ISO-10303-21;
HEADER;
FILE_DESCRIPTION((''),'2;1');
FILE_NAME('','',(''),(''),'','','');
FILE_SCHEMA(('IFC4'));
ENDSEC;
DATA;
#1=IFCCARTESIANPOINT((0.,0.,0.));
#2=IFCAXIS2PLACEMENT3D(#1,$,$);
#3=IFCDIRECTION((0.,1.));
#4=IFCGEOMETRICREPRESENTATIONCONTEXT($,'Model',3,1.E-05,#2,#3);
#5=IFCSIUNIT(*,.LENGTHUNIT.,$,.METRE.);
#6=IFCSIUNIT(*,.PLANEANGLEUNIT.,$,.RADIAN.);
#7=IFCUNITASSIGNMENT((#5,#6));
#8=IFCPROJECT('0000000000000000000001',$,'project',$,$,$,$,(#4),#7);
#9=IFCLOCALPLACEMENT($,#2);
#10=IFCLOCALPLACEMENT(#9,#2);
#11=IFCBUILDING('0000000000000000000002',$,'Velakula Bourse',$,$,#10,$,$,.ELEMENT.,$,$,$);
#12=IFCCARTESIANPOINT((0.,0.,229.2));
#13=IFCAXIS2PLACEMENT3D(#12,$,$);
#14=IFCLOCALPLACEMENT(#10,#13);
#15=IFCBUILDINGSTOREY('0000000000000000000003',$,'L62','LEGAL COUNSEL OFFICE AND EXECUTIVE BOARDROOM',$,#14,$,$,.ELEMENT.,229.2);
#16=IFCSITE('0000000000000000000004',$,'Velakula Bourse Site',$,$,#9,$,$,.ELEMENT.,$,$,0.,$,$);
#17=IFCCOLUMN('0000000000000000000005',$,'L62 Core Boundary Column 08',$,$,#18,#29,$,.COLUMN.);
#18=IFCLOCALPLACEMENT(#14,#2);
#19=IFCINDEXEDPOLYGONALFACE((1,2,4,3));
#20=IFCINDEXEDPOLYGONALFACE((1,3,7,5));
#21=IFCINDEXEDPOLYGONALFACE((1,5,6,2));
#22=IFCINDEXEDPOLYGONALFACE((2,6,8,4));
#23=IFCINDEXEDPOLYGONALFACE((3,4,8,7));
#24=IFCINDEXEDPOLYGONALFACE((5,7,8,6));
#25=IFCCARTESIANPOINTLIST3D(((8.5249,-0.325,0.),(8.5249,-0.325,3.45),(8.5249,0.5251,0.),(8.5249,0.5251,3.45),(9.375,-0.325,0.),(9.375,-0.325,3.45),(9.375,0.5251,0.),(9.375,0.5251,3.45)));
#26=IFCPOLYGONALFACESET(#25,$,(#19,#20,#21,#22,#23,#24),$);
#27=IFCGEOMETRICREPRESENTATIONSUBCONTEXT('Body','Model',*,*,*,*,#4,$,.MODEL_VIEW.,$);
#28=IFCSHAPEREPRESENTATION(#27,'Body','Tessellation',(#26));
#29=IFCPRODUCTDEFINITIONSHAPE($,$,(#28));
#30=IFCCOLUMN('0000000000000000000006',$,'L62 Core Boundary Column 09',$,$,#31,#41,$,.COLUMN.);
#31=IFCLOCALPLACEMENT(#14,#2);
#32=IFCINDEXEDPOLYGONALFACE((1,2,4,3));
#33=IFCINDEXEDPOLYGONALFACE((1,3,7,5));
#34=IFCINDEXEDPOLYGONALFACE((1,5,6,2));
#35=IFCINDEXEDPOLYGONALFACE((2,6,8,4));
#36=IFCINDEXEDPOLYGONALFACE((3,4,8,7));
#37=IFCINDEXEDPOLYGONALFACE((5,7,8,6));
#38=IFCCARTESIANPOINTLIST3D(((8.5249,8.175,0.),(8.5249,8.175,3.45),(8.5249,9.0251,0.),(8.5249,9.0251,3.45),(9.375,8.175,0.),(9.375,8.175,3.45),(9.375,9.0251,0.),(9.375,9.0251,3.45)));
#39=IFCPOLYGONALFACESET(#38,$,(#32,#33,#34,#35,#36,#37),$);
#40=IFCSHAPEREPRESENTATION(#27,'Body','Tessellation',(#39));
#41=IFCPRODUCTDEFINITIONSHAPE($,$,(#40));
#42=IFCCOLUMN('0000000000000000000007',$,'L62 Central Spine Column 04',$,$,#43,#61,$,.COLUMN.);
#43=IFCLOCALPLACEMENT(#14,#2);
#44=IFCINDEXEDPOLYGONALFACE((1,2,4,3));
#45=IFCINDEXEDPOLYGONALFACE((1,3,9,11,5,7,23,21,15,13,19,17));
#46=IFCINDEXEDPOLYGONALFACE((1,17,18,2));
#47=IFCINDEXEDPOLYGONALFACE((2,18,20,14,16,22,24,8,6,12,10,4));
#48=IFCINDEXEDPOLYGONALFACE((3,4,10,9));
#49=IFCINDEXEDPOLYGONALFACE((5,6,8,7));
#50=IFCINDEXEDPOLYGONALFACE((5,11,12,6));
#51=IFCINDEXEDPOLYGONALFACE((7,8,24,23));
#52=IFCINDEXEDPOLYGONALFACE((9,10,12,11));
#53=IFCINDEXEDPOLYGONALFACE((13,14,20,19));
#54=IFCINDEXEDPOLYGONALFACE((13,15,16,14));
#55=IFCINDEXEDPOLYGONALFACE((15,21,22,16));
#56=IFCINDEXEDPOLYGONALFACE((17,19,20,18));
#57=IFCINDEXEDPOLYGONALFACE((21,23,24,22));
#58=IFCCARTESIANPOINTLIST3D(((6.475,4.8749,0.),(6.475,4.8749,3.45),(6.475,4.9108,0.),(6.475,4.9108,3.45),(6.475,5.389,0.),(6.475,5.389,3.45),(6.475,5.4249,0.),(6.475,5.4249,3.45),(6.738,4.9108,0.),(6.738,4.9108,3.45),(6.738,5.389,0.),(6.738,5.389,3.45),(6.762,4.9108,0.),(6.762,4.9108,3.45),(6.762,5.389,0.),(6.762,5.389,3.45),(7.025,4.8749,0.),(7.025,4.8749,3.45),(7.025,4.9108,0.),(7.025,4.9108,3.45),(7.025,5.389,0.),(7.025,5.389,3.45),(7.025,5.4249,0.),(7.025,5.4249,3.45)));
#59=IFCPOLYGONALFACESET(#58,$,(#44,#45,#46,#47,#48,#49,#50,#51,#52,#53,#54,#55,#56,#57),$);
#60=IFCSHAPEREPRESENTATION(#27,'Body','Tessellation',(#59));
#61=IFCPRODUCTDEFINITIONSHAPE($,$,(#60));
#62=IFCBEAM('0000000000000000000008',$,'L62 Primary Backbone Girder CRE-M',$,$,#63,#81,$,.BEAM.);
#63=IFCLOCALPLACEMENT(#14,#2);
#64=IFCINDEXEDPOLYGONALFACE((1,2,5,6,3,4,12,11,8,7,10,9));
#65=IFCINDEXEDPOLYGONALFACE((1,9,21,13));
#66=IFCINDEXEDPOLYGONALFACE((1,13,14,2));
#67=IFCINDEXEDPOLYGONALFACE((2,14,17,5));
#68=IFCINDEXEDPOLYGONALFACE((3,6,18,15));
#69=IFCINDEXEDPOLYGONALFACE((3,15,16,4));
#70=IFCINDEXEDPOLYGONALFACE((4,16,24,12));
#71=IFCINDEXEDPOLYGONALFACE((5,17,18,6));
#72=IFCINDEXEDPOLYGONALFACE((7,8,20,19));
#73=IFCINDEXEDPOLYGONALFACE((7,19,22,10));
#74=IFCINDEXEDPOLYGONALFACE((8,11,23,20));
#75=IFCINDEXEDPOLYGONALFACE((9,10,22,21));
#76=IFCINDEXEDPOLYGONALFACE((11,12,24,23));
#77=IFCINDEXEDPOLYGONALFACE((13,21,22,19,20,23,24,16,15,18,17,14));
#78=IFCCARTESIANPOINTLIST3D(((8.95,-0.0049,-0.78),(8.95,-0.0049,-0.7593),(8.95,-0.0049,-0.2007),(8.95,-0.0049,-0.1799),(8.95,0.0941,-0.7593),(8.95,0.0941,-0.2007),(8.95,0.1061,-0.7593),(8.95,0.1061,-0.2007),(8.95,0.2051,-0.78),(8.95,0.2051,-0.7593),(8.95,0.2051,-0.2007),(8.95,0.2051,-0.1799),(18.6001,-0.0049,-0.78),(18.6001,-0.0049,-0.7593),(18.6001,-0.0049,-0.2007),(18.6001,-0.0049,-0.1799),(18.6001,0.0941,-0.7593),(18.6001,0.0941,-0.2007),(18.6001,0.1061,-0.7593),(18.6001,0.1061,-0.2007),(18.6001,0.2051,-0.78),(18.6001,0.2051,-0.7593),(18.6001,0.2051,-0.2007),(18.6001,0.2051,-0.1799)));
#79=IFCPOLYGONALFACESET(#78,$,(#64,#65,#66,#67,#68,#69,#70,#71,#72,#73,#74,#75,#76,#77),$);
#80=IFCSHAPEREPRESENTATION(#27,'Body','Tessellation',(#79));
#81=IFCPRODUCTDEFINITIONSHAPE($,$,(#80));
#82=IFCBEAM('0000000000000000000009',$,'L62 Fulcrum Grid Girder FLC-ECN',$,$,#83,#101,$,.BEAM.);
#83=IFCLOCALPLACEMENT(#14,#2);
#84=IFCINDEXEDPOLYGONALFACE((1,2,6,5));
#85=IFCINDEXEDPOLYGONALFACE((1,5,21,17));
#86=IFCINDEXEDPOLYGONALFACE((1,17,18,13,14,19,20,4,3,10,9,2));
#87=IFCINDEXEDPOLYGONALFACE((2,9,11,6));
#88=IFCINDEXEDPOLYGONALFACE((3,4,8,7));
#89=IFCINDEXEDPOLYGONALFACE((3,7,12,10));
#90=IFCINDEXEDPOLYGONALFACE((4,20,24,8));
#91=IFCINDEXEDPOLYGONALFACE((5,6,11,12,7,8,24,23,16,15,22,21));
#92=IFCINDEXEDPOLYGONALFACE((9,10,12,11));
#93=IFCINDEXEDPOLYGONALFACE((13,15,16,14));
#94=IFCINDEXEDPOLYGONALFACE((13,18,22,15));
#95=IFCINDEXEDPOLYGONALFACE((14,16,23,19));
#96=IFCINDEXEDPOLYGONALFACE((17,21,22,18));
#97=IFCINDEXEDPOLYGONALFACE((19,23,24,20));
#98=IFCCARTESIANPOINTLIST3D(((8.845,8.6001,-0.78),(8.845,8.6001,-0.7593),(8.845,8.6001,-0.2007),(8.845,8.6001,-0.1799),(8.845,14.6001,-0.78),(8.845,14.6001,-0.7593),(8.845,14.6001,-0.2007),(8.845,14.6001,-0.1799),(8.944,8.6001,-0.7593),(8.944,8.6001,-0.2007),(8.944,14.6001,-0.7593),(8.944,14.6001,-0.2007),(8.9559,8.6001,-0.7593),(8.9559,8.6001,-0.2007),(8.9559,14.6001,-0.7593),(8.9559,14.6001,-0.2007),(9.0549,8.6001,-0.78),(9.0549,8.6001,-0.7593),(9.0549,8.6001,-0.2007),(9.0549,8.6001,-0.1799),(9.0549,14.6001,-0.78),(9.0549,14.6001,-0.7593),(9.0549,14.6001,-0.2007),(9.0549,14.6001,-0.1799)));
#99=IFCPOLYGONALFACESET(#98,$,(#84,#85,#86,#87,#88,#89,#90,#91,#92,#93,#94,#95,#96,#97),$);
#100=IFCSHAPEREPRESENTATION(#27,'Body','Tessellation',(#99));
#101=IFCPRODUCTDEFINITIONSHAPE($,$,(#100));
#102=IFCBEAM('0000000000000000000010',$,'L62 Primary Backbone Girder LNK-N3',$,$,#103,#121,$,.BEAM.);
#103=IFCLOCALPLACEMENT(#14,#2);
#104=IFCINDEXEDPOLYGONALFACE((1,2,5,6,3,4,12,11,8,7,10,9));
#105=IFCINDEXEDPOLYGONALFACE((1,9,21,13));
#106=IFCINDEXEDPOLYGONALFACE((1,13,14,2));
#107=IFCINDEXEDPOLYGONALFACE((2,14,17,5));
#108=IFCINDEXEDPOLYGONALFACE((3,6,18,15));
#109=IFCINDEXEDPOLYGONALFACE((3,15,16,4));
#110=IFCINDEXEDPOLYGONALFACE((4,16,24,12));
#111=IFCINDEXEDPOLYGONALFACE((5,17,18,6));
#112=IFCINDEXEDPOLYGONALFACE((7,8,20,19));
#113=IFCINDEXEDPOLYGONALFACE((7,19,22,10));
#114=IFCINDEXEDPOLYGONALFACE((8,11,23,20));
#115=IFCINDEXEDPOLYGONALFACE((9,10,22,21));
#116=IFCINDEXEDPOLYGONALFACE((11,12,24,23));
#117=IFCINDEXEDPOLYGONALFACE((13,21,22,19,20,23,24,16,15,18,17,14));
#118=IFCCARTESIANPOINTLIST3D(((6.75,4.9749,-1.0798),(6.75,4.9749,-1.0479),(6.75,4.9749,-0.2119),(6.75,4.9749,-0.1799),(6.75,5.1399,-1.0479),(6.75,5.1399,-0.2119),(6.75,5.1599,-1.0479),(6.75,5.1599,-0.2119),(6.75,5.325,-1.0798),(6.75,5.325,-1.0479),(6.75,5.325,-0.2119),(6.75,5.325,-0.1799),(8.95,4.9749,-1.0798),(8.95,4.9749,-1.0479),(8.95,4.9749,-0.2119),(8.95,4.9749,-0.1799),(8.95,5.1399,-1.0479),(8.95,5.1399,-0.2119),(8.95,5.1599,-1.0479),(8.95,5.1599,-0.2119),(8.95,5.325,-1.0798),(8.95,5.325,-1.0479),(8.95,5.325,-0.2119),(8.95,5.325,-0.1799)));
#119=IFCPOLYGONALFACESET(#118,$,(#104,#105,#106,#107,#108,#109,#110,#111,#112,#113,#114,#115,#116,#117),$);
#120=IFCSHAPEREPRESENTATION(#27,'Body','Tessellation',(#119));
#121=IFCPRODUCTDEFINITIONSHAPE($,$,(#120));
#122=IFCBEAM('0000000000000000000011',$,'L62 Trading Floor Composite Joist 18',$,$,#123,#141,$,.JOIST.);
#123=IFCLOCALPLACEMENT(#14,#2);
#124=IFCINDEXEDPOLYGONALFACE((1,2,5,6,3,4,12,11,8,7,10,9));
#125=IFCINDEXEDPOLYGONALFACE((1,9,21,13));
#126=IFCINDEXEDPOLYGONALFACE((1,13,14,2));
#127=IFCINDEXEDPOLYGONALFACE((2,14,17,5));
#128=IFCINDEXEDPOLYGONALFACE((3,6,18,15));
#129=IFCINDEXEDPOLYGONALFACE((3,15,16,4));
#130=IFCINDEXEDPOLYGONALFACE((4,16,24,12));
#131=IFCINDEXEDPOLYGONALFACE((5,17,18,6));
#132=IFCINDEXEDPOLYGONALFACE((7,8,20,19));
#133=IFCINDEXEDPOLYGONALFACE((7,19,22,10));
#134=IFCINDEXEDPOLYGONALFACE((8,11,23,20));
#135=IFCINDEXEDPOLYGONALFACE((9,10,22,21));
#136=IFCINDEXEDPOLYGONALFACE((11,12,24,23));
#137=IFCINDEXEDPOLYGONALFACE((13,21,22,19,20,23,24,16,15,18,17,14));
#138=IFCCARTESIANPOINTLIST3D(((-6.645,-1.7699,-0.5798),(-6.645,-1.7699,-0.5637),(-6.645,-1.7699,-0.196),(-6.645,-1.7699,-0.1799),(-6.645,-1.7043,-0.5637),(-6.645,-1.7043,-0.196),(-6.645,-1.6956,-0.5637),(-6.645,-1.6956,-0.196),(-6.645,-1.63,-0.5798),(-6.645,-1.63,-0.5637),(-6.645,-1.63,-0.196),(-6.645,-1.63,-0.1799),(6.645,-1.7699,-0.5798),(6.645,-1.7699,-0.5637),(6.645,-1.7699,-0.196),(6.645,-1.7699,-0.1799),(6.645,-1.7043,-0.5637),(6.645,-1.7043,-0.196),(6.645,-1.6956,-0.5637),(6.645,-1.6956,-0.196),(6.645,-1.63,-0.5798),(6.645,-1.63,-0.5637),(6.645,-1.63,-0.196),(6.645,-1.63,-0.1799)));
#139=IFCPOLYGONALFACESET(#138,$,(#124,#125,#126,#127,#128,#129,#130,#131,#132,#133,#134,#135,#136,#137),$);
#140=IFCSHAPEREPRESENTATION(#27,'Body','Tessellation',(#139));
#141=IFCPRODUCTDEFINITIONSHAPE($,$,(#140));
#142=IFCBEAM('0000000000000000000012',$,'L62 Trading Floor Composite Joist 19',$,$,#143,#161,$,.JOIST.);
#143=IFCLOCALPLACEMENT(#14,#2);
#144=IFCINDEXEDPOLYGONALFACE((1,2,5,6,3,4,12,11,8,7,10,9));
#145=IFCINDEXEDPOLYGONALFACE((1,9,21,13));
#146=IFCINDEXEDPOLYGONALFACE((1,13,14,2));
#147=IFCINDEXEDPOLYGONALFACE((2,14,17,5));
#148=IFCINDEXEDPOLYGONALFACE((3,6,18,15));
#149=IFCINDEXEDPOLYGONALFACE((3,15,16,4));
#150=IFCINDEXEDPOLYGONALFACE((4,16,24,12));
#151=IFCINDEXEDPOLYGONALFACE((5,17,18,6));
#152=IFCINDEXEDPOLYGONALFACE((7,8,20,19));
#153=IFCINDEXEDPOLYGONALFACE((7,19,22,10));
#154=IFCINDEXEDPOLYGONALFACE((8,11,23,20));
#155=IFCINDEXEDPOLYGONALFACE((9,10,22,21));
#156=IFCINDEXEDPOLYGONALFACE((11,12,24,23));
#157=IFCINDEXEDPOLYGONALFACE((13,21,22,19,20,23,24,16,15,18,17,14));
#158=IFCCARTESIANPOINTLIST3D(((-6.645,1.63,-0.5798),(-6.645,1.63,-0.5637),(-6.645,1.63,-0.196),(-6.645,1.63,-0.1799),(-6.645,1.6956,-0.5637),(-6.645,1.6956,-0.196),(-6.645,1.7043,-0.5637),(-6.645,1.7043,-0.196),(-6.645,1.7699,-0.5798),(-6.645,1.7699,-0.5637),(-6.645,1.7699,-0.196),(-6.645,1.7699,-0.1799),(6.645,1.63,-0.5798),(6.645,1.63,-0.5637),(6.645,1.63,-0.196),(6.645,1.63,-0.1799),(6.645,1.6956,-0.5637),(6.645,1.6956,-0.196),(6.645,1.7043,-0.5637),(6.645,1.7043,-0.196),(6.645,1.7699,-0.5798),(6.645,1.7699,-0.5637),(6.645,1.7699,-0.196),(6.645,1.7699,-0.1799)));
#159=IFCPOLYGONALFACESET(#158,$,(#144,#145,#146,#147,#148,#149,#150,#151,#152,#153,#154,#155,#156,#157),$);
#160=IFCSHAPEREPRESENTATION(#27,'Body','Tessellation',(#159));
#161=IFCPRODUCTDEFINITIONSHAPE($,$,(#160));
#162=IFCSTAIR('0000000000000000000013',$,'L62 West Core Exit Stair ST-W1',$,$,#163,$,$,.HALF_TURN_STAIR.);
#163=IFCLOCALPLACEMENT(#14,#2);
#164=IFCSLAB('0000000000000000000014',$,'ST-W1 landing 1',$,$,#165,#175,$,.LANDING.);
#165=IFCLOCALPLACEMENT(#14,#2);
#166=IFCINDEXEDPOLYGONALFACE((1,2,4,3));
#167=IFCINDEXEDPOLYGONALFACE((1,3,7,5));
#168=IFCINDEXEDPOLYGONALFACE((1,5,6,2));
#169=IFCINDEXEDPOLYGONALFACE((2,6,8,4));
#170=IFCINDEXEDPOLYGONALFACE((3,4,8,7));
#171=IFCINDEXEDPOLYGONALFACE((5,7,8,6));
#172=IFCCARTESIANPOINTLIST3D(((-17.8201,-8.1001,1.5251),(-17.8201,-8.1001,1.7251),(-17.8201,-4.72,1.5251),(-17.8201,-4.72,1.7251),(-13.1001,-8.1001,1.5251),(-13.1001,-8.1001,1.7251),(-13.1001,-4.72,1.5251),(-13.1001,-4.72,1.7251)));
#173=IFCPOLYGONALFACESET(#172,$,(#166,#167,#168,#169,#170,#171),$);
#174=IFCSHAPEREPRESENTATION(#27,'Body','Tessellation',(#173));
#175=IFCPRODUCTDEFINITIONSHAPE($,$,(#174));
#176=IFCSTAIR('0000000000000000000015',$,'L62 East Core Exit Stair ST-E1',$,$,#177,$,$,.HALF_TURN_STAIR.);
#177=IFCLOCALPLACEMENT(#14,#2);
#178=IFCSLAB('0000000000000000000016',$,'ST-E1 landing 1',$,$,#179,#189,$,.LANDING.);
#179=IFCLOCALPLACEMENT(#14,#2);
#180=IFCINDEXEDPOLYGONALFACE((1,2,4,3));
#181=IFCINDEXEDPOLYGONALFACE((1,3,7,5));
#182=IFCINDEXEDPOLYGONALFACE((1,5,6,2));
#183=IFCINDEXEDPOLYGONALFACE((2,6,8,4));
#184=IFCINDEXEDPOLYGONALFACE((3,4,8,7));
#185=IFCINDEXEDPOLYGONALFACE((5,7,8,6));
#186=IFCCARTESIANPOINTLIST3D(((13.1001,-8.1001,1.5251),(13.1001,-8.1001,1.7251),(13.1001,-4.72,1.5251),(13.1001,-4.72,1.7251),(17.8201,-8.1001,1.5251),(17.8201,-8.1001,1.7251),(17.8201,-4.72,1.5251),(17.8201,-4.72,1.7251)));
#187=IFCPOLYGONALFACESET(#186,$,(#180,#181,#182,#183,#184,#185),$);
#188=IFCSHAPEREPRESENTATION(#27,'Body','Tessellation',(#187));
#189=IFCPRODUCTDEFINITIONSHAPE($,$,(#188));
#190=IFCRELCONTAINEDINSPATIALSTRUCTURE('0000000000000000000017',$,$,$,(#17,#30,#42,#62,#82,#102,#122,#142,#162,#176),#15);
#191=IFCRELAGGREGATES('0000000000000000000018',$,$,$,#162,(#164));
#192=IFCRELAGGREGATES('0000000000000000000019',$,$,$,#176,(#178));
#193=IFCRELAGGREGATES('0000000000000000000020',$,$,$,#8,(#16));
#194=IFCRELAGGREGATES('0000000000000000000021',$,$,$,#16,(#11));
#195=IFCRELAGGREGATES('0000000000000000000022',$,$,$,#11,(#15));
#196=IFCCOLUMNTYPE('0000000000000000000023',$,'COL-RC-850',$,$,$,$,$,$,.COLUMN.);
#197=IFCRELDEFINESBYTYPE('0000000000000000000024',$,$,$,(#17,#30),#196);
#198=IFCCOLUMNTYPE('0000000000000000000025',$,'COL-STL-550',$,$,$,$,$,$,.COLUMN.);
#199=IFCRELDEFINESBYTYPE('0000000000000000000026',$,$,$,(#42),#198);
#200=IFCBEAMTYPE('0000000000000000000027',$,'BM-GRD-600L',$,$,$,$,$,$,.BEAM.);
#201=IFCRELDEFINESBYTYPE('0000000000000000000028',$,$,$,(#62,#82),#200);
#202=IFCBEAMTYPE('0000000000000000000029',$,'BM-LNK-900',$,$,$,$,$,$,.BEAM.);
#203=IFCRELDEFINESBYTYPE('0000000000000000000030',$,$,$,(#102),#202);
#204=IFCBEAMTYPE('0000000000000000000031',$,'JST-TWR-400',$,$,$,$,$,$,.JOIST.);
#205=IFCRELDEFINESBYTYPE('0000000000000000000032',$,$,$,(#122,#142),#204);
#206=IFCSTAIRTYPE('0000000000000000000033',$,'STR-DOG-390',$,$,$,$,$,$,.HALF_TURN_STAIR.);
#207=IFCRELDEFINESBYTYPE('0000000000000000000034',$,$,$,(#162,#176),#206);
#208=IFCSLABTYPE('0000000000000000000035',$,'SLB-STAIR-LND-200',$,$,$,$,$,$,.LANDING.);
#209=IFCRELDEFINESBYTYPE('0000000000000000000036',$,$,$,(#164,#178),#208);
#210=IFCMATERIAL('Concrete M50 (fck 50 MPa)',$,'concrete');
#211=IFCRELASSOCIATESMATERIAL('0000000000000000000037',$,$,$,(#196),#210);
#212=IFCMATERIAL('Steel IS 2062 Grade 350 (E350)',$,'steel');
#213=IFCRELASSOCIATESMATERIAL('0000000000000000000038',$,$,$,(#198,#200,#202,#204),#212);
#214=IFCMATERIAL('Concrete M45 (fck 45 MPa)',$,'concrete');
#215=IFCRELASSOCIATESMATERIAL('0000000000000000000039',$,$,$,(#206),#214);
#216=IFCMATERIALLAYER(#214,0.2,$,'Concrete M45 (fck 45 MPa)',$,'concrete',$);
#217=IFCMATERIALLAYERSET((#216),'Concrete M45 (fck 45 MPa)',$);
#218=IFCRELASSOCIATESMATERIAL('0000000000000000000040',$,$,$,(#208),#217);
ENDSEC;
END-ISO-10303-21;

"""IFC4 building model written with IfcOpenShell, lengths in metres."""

from ifc_helpers import new_model, si_unit, direction, frame, origin, origin_2d, place, context, subcontext, project, spatial, polyline, rectangle, i_section, outline, extrude, material, layer, layer_set, material_profile, profile_set, type_object, element, aggregate, save


model = new_model("IFC4")

# Units and contexts
model_context = context("Model", 3, precision=1e-05, world=origin(), true_north=direction((0.0, 1.0)))
body_context = subcontext(model_context, "Body", "Model", "MODEL_VIEW")
ifc_project = project(units=[si_unit("LENGTHUNIT", "METRE"), si_unit("PLANEANGLEUNIT", "RADIAN")], contexts=[model_context])

# Site, building, storey
site_placement = place(None, origin())
site = spatial("IfcSite", under=ifc_project, at=site_placement, Name="Velakula Bourse Site", CompositionType="ELEMENT", RefElevation=0.0)
building_placement = place(site_placement, origin())
building = spatial("IfcBuilding", under=site, at=building_placement, Name="Velakula Bourse", CompositionType="ELEMENT")
storey_placement = place(building_placement, frame((0.0, 0.0, 229.2)))
storey = spatial("IfcBuildingStorey", under=building, at=storey_placement, Name="L62", Description="LEGAL COUNSEL OFFICE AND EXECUTIVE BOARDROOM", CompositionType="ELEMENT", Elevation=229.2)

# Columns
ifc_material_1 = material(Name="Concrete M50 (fck 50 MPa)", Category="concrete")
ifc_material_profile_1 = material_profile(ifc_material_1, rectangle(XDim=0.8501, YDim=0.8501, at=origin_2d()), Name="Concrete M50 (fck 50 MPa)")
ifc_profile_set_1 = profile_set([ifc_material_profile_1], Name="Concrete M50 (fck 50 MPa)")
column_type_1 = type_object("IfcColumnType", Name="COL-RC-850", PredefinedType="COLUMN", material=ifc_profile_set_1)
for number, where, z_axis, x_axis, name in (
    (1, (8.95, 0.1001, 0.0), (0.0, 0.0, 1.0), (1.0, 0.0, 0.0), "L62 Core Boundary Column 08"),
    (2, (8.95, 8.6001, 0.0), (0.0, 0.0, 1.0), (1.0, 0.0, 0.0), "L62 Core Boundary Column 09"),
):
    element("IfcColumn", number, at=place(storey_placement, frame(where, z_axis=z_axis, x_axis=x_axis)), inside=storey, type_object=column_type_1, Name=name, PredefinedType="COLUMN", context=body_context, shape_type="SweptSolid", body=[
        extrude(rectangle(XDim=0.8501, YDim=0.8501, at=origin_2d()), origin(), (0.0, 0.0, 1.0), 3.45),
    ])
ifc_material_2 = material(Name="Steel IS 2062 Grade 350 (E350)", Category="steel")
ifc_material_profile_2 = material_profile(ifc_material_2, i_section(OverallWidth=0.55, OverallDepth=0.55, WebThickness=0.0239, FlangeThickness=0.0359, at=origin_2d()), Name="Steel IS 2062 Grade 350 (E350)")
ifc_profile_set_2 = profile_set([ifc_material_profile_2], Name="Steel IS 2062 Grade 350 (E350)")
column_type_2 = type_object("IfcColumnType", Name="COL-STL-550", PredefinedType="COLUMN", material=ifc_profile_set_2)
column_placement = place(storey_placement, frame((6.75, 5.1499, 0.0), z_axis=(0.0, 0.0, 1.0), x_axis=(1.0, 0.0, 0.0)))
element("IfcColumn", 3, at=column_placement, inside=storey, type_object=column_type_2, Name="L62 Central Spine Column 04", PredefinedType="COLUMN", context=body_context, shape_type="SweptSolid", body=[
    extrude(i_section(OverallWidth=0.55, OverallDepth=0.55, WebThickness=0.0239, FlangeThickness=0.0359, at=origin_2d()), origin(), (0.0, 0.0, 1.0), 3.45),
])

# Beams
ifc_material_profile_3 = material_profile(ifc_material_2, i_section(OverallWidth=0.21, OverallDepth=0.6001, WebThickness=0.012, FlangeThickness=0.0208, at=origin_2d()), Name="Steel IS 2062 Grade 350 (E350)")
ifc_profile_set_3 = profile_set([ifc_material_profile_3], Name="Steel IS 2062 Grade 350 (E350)")
beam_type_1 = type_object("IfcBeamType", Name="BM-GRD-600L", PredefinedType="BEAM", material=ifc_profile_set_3)
beam_1_placement = place(storey_placement, frame((8.95, 0.1001, -0.48), z_axis=(1.0, 0.0, 0.0), x_axis=(0.0, 1.0, 0.0)))
element("IfcBeam", 4, at=beam_1_placement, inside=storey, type_object=beam_type_1, Name="L62 Primary Backbone Girder CRE-M", PredefinedType="BEAM", context=body_context, shape_type="SweptSolid", body=[
    extrude(i_section(OverallWidth=0.21, OverallDepth=0.6001, WebThickness=0.012, FlangeThickness=0.0208, at=origin_2d()), origin(), (0.0, 0.0, 1.0), 9.6501),
])
beam_2_placement = place(storey_placement, frame((8.95, 8.6001, -0.48), z_axis=(0.0, 1.0, 0.0), x_axis=(-1.0, 0.0, 0.0)))
element("IfcBeam", 5, at=beam_2_placement, inside=storey, type_object=beam_type_1, Name="L62 Fulcrum Grid Girder FLC-ECN", PredefinedType="BEAM", context=body_context, shape_type="SweptSolid", body=[
    extrude(i_section(OverallWidth=0.21, OverallDepth=0.6001, WebThickness=0.012, FlangeThickness=0.0208, at=origin_2d()), origin(), (0.0, 0.0, 1.0), 6.0),
])
ifc_material_profile_4 = material_profile(ifc_material_2, i_section(OverallWidth=0.3501, OverallDepth=0.8999, WebThickness=0.02, FlangeThickness=0.032, at=origin_2d()), Name="Steel IS 2062 Grade 350 (E350)")
ifc_profile_set_4 = profile_set([ifc_material_profile_4], Name="Steel IS 2062 Grade 350 (E350)")
beam_type_2 = type_object("IfcBeamType", Name="BM-LNK-900", PredefinedType="BEAM", material=ifc_profile_set_4)
beam_3_placement = place(storey_placement, frame((6.75, 5.1499, -0.6299), z_axis=(1.0, 0.0, 0.0), x_axis=(0.0, 1.0, 0.0)))
element("IfcBeam", 6, at=beam_3_placement, inside=storey, type_object=beam_type_2, Name="L62 Primary Backbone Girder LNK-N3", PredefinedType="BEAM", context=body_context, shape_type="SweptSolid", body=[
    extrude(i_section(OverallWidth=0.3501, OverallDepth=0.8999, WebThickness=0.02, FlangeThickness=0.032, at=origin_2d()), origin(), (0.0, 0.0, 1.0), 2.2),
])
ifc_material_profile_5 = material_profile(ifc_material_2, i_section(OverallWidth=0.1399, OverallDepth=0.3999, WebThickness=0.0088, FlangeThickness=0.0161, at=origin_2d()), Name="Steel IS 2062 Grade 350 (E350)")
ifc_profile_set_5 = profile_set([ifc_material_profile_5], Name="Steel IS 2062 Grade 350 (E350)")
beam_type_3 = type_object("IfcBeamType", Name="JST-TWR-400", PredefinedType="JOIST", material=ifc_profile_set_5)
for number, where, z_axis, x_axis, name in (
    (7, (-6.645, -1.7, -0.3799), (1.0, 0.0, 0.0), (0.0, 1.0, 0.0), "L62 Trading Floor Composite Joist 18"),
    (8, (-6.645, 1.7, -0.3799), (1.0, 0.0, 0.0), (0.0, 1.0, 0.0), "L62 Trading Floor Composite Joist 19"),
):
    element("IfcBeam", number, at=place(storey_placement, frame(where, z_axis=z_axis, x_axis=x_axis)), inside=storey, type_object=beam_type_3, Name=name, PredefinedType="JOIST", context=body_context, shape_type="SweptSolid", body=[
        extrude(i_section(OverallWidth=0.1399, OverallDepth=0.3999, WebThickness=0.0088, FlangeThickness=0.0161, at=origin_2d()), origin(), (0.0, 0.0, 1.0), 13.29),
    ])

# Stairs, slabs
ifc_material_3 = material(Name="Concrete M45 (fck 45 MPa)", Category="concrete")
stair_type = type_object("IfcStairType", Name="STR-DOG-390", PredefinedType="HALF_TURN_STAIR", material=ifc_material_3)
stair_1_placement = place(storey_placement, origin())
stair_1 = element("IfcStair", 9, at=stair_1_placement, inside=storey, type_object=stair_type, Name="L62 West Core Exit Stair ST-W1", PredefinedType="HALF_TURN_STAIR")
ifc_layer_1 = layer(ifc_material_3, 0.2, Name="Concrete M45 (fck 45 MPa)", Category="concrete")
ifc_layer_set_1 = layer_set([ifc_layer_1], Name="Concrete M45 (fck 45 MPa)")
slab_type_1 = type_object("IfcSlabType", Name="SLB-STAIR-LND-200", PredefinedType="LANDING", material=ifc_layer_set_1)
slab_1_placement = place(storey_placement, frame((0.0, 0.0, 1.5251)))
slab_1 = element("IfcSlab", 10, at=slab_1_placement, type_object=slab_type_1, Name="ST-W1 landing 1", PredefinedType="LANDING", context=body_context, shape_type="SweptSolid", body=[
    extrude(outline(polyline([(-17.8201, -4.72), (-17.8201, -8.1001), (-13.1001, -8.1001), (-13.1001, -4.72), (-17.8201, -4.72)])), origin(), (0.0, 0.0, 1.0), 0.2),
])
aggregate(stair_1, [slab_1])
stair_2_placement = place(storey_placement, origin())
stair_2 = element("IfcStair", 11, at=stair_2_placement, inside=storey, type_object=stair_type, Name="L62 East Core Exit Stair ST-E1", PredefinedType="HALF_TURN_STAIR")
slab_2_placement = place(storey_placement, frame((0.0, 0.0, 1.5251)))
slab_2 = element("IfcSlab", 12, at=slab_2_placement, type_object=slab_type_1, Name="ST-E1 landing 1", PredefinedType="LANDING", context=body_context, shape_type="SweptSolid", body=[
    extrude(outline(polyline([(13.1001, -4.72), (13.1001, -8.1001), (17.8201, -8.1001), (17.8201, -4.72), (13.1001, -4.72)])), origin(), (0.0, 0.0, 1.0), 0.2),
])
aggregate(stair_2, [slab_2])

save(model, "model.ifc")
